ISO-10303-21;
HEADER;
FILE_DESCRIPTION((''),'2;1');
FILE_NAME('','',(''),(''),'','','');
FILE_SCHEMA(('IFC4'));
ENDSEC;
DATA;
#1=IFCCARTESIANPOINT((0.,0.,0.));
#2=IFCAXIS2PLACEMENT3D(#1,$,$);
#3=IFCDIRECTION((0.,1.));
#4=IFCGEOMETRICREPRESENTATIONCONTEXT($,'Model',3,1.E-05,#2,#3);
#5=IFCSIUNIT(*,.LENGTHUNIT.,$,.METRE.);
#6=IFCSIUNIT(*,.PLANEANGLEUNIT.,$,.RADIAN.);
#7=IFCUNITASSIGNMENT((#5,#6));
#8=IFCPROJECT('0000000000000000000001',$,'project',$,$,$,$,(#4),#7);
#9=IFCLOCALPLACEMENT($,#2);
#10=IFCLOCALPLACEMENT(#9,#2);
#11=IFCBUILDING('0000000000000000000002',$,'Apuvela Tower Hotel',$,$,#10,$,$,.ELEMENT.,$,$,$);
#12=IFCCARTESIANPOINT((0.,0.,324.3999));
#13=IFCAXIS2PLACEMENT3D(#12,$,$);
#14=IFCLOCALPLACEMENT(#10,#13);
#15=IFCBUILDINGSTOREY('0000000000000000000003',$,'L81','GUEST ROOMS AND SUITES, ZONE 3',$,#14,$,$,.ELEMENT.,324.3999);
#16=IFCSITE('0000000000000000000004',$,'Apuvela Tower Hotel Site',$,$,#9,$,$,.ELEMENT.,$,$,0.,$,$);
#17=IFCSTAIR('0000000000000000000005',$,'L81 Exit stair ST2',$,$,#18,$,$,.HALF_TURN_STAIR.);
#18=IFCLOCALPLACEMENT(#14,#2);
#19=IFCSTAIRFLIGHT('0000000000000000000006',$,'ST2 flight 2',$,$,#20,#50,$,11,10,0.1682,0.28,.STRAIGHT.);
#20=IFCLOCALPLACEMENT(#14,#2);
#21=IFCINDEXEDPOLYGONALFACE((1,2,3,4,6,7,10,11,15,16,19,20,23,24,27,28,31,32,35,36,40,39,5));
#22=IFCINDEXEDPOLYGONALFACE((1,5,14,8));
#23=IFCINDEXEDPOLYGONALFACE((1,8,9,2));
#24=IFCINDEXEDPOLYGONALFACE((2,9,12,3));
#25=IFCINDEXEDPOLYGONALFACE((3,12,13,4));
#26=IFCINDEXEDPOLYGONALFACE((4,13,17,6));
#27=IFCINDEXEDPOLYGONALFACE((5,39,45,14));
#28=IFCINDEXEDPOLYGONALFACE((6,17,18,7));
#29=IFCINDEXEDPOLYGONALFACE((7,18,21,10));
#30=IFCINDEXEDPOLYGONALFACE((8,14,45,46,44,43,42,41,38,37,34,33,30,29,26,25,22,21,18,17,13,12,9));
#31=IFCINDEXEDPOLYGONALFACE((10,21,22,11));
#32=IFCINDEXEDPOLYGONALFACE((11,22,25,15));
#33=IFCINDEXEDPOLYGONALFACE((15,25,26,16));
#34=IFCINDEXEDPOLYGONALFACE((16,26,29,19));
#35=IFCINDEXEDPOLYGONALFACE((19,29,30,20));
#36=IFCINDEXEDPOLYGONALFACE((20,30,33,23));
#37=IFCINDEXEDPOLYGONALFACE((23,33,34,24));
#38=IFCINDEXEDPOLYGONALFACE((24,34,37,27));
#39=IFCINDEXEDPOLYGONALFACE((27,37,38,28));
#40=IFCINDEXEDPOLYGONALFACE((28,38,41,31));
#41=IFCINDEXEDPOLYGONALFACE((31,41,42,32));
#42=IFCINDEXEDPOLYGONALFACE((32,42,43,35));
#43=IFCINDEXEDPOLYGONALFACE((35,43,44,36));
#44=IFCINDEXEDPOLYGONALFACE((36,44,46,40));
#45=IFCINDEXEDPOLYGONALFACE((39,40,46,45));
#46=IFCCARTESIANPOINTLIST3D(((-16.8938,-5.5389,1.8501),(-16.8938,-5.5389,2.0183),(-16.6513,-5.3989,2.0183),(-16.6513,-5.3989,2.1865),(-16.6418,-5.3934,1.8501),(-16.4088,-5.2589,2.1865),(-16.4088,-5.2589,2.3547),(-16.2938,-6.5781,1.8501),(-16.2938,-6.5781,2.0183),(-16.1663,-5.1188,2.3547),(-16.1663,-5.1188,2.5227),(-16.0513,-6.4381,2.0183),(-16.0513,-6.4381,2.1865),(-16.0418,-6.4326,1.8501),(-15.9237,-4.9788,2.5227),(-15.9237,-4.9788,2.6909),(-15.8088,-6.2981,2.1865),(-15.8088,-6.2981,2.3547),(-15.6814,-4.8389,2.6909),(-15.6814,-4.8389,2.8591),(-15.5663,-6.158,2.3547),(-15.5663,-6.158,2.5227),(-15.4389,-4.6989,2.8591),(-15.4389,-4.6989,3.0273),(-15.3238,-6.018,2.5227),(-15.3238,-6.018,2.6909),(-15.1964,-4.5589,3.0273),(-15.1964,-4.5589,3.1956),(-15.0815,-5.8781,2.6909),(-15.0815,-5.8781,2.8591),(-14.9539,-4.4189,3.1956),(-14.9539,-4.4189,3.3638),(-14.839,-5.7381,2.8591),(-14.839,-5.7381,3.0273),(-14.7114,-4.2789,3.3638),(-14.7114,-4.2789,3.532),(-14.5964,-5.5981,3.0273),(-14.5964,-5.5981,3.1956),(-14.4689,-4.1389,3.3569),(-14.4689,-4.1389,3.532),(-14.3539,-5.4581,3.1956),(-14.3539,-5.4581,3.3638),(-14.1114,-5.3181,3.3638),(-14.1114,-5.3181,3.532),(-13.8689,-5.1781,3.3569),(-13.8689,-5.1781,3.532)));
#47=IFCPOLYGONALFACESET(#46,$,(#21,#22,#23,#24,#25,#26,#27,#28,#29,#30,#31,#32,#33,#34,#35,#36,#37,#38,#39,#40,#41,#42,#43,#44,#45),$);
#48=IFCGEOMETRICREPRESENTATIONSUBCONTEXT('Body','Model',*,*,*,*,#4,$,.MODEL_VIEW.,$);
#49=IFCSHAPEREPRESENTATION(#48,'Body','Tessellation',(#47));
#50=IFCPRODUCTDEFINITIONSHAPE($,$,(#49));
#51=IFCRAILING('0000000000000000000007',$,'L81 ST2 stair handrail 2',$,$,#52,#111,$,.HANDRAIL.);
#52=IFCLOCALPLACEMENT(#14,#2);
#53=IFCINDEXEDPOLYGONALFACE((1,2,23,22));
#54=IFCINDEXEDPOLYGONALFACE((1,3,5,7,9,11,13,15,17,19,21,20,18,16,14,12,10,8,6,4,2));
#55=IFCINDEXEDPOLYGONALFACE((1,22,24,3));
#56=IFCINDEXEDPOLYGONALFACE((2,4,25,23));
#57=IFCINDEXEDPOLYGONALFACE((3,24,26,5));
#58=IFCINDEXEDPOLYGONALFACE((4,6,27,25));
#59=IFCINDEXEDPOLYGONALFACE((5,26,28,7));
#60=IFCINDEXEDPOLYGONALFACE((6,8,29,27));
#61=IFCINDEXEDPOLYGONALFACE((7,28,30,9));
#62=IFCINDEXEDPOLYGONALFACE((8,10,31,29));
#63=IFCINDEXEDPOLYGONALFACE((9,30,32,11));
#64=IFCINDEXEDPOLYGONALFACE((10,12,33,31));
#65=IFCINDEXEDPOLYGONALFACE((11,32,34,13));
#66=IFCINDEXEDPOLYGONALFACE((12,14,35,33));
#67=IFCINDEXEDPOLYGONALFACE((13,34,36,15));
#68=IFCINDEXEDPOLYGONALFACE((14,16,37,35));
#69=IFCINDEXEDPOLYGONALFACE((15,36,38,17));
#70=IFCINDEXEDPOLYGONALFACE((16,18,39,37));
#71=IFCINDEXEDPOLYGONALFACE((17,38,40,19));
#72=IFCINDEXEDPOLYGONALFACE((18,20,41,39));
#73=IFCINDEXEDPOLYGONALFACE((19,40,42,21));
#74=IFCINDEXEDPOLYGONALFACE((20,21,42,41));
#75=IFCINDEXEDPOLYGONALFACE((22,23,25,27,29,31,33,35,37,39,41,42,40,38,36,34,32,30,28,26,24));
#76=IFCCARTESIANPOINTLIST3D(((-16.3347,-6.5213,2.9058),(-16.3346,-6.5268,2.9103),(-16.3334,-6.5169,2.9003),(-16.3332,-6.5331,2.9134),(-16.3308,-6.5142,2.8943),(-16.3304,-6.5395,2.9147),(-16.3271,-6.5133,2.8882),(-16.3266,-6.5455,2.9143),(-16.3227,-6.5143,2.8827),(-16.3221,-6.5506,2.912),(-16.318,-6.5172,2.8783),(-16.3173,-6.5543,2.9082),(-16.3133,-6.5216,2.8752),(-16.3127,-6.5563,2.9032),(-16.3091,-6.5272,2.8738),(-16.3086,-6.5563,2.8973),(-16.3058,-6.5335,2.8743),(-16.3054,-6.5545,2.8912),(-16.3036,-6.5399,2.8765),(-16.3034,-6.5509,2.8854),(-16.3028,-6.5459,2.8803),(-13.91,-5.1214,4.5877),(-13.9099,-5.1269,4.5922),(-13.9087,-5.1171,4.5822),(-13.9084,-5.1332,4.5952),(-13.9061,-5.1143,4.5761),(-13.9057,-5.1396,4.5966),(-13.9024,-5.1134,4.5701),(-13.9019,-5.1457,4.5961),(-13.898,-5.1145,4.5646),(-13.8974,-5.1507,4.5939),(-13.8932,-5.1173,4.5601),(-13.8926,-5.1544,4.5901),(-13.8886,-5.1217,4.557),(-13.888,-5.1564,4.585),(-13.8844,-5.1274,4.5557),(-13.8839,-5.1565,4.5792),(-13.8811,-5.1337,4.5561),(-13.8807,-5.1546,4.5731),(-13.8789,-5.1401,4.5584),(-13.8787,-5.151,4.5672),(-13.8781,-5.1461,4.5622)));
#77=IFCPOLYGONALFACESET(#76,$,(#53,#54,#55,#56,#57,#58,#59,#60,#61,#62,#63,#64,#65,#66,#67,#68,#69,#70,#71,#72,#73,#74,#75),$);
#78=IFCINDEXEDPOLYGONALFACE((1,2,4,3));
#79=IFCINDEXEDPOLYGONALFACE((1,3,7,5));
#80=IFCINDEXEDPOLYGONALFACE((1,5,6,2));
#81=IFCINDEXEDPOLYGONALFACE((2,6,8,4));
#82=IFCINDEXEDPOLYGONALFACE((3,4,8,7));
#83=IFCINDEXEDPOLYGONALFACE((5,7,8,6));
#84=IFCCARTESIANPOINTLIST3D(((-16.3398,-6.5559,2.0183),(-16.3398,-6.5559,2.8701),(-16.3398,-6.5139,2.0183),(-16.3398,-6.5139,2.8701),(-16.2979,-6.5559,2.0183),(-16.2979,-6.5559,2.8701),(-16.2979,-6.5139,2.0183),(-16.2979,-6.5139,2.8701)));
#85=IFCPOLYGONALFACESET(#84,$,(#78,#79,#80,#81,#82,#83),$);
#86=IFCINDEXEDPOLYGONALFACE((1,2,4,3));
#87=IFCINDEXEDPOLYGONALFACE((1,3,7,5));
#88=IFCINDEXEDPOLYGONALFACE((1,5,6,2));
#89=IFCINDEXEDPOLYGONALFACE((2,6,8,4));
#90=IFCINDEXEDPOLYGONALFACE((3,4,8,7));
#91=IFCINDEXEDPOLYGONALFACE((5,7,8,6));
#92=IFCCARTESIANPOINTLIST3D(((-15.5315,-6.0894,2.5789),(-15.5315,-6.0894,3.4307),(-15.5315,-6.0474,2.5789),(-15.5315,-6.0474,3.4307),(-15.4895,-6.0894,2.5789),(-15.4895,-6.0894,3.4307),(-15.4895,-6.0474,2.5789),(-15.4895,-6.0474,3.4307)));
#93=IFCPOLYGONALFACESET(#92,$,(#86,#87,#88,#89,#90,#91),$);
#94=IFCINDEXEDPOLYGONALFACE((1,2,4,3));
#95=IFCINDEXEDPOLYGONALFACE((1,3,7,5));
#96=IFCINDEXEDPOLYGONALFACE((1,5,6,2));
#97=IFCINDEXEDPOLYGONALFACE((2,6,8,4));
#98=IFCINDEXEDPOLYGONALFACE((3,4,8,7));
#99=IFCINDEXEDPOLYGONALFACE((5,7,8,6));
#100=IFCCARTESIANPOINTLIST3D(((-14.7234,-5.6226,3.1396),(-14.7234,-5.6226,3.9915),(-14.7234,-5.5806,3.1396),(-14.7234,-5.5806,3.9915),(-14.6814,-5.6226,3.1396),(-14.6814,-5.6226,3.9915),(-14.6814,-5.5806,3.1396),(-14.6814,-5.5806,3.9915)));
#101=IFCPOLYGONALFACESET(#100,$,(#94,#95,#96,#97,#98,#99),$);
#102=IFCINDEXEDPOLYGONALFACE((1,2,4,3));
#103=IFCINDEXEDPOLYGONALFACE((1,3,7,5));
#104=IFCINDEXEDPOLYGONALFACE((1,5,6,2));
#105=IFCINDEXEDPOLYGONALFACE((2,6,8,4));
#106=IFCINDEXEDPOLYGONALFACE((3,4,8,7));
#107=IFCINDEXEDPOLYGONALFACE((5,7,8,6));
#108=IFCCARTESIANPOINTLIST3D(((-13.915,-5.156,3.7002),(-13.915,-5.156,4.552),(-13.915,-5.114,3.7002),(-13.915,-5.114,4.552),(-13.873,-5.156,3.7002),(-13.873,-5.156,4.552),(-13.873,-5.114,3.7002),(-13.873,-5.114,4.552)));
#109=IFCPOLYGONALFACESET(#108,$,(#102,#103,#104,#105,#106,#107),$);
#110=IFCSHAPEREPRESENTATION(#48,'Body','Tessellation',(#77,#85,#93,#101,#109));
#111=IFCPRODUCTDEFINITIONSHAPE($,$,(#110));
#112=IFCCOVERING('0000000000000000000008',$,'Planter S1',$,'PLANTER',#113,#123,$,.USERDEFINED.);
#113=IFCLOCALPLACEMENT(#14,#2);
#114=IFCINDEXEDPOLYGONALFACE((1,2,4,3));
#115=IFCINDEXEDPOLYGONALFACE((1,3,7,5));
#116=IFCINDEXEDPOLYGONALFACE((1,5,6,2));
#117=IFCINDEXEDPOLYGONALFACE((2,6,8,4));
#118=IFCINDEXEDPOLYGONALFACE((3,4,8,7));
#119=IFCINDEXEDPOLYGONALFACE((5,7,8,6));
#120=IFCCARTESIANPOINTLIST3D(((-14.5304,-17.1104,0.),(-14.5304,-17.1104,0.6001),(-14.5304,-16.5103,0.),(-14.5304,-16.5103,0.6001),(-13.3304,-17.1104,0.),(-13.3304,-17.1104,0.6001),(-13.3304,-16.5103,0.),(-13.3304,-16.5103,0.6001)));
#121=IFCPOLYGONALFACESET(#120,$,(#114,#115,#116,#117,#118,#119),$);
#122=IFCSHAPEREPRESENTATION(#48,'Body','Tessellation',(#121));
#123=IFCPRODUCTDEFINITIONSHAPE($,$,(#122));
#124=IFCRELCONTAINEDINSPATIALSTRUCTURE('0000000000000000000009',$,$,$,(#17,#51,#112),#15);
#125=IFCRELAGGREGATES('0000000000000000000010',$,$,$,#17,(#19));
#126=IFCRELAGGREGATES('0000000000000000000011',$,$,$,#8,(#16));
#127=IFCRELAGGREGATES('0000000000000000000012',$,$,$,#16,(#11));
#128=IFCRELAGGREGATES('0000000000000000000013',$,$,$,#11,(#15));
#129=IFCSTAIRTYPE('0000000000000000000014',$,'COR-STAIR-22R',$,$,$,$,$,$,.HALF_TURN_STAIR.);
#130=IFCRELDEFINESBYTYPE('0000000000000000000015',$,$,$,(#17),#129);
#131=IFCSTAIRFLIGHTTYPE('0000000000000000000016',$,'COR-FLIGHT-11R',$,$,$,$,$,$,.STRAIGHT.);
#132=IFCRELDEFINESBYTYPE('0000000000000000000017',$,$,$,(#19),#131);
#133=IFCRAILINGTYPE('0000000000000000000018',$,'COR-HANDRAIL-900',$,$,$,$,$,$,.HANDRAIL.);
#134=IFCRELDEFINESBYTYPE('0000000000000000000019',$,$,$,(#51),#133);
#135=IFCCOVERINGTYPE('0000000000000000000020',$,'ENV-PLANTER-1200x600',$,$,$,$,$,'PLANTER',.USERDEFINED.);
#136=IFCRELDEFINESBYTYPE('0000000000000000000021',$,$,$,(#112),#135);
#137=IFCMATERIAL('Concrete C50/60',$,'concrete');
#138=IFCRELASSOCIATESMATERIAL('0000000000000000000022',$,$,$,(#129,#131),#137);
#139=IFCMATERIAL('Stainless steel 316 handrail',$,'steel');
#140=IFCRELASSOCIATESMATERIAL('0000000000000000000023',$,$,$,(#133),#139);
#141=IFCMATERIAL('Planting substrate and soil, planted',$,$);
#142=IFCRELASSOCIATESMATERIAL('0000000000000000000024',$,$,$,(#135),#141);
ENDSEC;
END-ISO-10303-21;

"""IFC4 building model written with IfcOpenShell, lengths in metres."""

from ifc_helpers import new_model, si_unit, direction, frame, origin, origin_2d, place, context, subcontext, project, spatial, polyline, rectangle, circle, outline, extrude, material, type_object, element, aggregate, save


model = new_model("IFC4")

# Units and contexts
model_context = context("Model", 3, precision=1e-05, world=origin(), true_north=direction((0.0, 1.0)))
body_context = subcontext(model_context, "Body", "Model", "MODEL_VIEW")
ifc_project = project(units=[si_unit("LENGTHUNIT", "METRE"), si_unit("PLANEANGLEUNIT", "RADIAN")], contexts=[model_context])

# Site, building, storey
site_placement = place(None, origin())
site = spatial("IfcSite", under=ifc_project, at=site_placement, Name="Apuvela Tower Hotel Site", CompositionType="ELEMENT", RefElevation=0.0)
building_placement = place(site_placement, origin())
building = spatial("IfcBuilding", under=site, at=building_placement, Name="Apuvela Tower Hotel", CompositionType="ELEMENT")
storey_placement = place(building_placement, frame((0.0, 0.0, 324.3999)))
storey = spatial("IfcBuildingStorey", under=building, at=storey_placement, Name="L81", Description="GUEST ROOMS AND SUITES, ZONE 3", CompositionType="ELEMENT", Elevation=324.3999)

# Shared definitions
ifc_material_1 = material(Name="Concrete C50/60", Category="concrete")

# Stair, stair flight
stair_type = type_object("IfcStairType", Name="COR-STAIR-22R", PredefinedType="HALF_TURN_STAIR", material=ifc_material_1)
stair_placement = place(storey_placement, origin())
stair = element("IfcStair", 1, at=stair_placement, inside=storey, type_object=stair_type, Name="L81 Exit stair ST2", PredefinedType="HALF_TURN_STAIR")
stair_flight_type = type_object("IfcStairFlightType", Name="COR-FLIGHT-11R", PredefinedType="STRAIGHT", material=ifc_material_1)
stair_flight_placement = place(storey_placement, frame((-16.5938, -6.0586, 1.8501), z_axis=(0.0, 0.0, 1.0), x_axis=(0.866025, 0.5, 0.0)))
stair_flight = element("IfcStairFlight", 2, at=stair_flight_placement, type_object=stair_flight_type, Name="ST2 flight 2", NumberOfRisers=11, NumberOfTreads=10, PredefinedType="STRAIGHT", RiserHeight=0.1682, TreadLength=0.28, context=body_context, shape_type="SweptSolid", body=[
    extrude(outline(polyline([(0.0, 0.0), (0.0, 0.1682), (0.28, 0.1682), (0.28, 0.3364), (0.5601, 0.3364), (0.5601, 0.5046), (0.8401, 0.5046), (0.8401, 0.6726), (1.1201, 0.6726), (1.1201, 0.8408), (1.3999, 0.8408), (1.3999, 1.009), (1.6799, 1.009), (1.6799, 1.1772), (1.96, 1.1772), (1.96, 1.3455), (2.24, 1.3455), (2.24, 1.5137), (2.52, 1.5137), (2.52, 1.6819), (2.8, 1.6819), (2.8, 1.8501), (2.8, 1.5068), (0.291, 0.0), (0.0, 0.0)])), frame((0.0, 0.6001, 0.0), z_axis=(0.0, -1.0, 0.0), x_axis=(1.0, 0.0, 0.0)), (0.0, 0.0, 1.0), 1.2),
])
aggregate(stair, [stair_flight])

# Railing
ifc_material_2 = material(Name="Stainless steel 316 handrail", Category="steel")
railing_type_1 = type_object("IfcRailingType", Name="COR-HANDRAIL-900", PredefinedType="HANDRAIL", material=ifc_material_2)
railing_1_placement = place(storey_placement, frame((-16.3188, -6.5349, 2.0183)))
element("IfcRailing", 3, at=railing_1_placement, inside=storey, type_object=railing_type_1, Name="L81 ST2 stair handrail 2", PredefinedType="HANDRAIL", context=body_context, shape_type="SweptSolid", body=[
    extrude(circle(Radius=0.0239, at=origin_2d()), frame((0.0, 0.0, 0.876), z_axis=(0.74239, 0.428601, 0.514934), x_axis=(-0.499984, 0.866035, 0.0)), (0.0, 0.0, 1.0), 3.2661),
    extrude(rectangle(XDim=0.042, YDim=0.042, at=origin_2d()), origin(), (0.0, 0.0, 1.0), 0.8518),
    extrude(rectangle(XDim=0.042, YDim=0.042, at=origin_2d()), frame((0.8083, 0.4666, 0.5605)), (0.0, 0.0, 1.0), 0.8518),
    extrude(rectangle(XDim=0.042, YDim=0.042, at=origin_2d()), frame((1.6165, 0.9333, 1.1213)), (0.0, 0.0, 1.0), 0.8518),
    extrude(rectangle(XDim=0.042, YDim=0.042, at=origin_2d()), frame((2.4248, 1.3999, 1.6819)), (0.0, 0.0, 1.0), 0.8518),
])

# Covering
ifc_material_3 = material(Name="Planting substrate and soil, planted")
covering_type = type_object("IfcCoveringType", Name="ENV-PLANTER-1200x600", ElementType="PLANTER", PredefinedType="USERDEFINED", material=ifc_material_3)
covering_placement = place(storey_placement, frame((-13.9304, -16.8103, 0.0), z_axis=(0.0, 0.0, 1.0), x_axis=(1.0, 0.0, 0.0)))
element("IfcCovering", 4, at=covering_placement, inside=storey, type_object=covering_type, Name="Planter S1", ObjectType="PLANTER", PredefinedType="USERDEFINED", context=body_context, shape_type="SweptSolid", body=[
    extrude(rectangle(XDim=1.2, YDim=0.6001, at=origin_2d()), origin(), (0.0, 0.0, 1.0), 0.6001),
])

save(model, "model.ifc")
